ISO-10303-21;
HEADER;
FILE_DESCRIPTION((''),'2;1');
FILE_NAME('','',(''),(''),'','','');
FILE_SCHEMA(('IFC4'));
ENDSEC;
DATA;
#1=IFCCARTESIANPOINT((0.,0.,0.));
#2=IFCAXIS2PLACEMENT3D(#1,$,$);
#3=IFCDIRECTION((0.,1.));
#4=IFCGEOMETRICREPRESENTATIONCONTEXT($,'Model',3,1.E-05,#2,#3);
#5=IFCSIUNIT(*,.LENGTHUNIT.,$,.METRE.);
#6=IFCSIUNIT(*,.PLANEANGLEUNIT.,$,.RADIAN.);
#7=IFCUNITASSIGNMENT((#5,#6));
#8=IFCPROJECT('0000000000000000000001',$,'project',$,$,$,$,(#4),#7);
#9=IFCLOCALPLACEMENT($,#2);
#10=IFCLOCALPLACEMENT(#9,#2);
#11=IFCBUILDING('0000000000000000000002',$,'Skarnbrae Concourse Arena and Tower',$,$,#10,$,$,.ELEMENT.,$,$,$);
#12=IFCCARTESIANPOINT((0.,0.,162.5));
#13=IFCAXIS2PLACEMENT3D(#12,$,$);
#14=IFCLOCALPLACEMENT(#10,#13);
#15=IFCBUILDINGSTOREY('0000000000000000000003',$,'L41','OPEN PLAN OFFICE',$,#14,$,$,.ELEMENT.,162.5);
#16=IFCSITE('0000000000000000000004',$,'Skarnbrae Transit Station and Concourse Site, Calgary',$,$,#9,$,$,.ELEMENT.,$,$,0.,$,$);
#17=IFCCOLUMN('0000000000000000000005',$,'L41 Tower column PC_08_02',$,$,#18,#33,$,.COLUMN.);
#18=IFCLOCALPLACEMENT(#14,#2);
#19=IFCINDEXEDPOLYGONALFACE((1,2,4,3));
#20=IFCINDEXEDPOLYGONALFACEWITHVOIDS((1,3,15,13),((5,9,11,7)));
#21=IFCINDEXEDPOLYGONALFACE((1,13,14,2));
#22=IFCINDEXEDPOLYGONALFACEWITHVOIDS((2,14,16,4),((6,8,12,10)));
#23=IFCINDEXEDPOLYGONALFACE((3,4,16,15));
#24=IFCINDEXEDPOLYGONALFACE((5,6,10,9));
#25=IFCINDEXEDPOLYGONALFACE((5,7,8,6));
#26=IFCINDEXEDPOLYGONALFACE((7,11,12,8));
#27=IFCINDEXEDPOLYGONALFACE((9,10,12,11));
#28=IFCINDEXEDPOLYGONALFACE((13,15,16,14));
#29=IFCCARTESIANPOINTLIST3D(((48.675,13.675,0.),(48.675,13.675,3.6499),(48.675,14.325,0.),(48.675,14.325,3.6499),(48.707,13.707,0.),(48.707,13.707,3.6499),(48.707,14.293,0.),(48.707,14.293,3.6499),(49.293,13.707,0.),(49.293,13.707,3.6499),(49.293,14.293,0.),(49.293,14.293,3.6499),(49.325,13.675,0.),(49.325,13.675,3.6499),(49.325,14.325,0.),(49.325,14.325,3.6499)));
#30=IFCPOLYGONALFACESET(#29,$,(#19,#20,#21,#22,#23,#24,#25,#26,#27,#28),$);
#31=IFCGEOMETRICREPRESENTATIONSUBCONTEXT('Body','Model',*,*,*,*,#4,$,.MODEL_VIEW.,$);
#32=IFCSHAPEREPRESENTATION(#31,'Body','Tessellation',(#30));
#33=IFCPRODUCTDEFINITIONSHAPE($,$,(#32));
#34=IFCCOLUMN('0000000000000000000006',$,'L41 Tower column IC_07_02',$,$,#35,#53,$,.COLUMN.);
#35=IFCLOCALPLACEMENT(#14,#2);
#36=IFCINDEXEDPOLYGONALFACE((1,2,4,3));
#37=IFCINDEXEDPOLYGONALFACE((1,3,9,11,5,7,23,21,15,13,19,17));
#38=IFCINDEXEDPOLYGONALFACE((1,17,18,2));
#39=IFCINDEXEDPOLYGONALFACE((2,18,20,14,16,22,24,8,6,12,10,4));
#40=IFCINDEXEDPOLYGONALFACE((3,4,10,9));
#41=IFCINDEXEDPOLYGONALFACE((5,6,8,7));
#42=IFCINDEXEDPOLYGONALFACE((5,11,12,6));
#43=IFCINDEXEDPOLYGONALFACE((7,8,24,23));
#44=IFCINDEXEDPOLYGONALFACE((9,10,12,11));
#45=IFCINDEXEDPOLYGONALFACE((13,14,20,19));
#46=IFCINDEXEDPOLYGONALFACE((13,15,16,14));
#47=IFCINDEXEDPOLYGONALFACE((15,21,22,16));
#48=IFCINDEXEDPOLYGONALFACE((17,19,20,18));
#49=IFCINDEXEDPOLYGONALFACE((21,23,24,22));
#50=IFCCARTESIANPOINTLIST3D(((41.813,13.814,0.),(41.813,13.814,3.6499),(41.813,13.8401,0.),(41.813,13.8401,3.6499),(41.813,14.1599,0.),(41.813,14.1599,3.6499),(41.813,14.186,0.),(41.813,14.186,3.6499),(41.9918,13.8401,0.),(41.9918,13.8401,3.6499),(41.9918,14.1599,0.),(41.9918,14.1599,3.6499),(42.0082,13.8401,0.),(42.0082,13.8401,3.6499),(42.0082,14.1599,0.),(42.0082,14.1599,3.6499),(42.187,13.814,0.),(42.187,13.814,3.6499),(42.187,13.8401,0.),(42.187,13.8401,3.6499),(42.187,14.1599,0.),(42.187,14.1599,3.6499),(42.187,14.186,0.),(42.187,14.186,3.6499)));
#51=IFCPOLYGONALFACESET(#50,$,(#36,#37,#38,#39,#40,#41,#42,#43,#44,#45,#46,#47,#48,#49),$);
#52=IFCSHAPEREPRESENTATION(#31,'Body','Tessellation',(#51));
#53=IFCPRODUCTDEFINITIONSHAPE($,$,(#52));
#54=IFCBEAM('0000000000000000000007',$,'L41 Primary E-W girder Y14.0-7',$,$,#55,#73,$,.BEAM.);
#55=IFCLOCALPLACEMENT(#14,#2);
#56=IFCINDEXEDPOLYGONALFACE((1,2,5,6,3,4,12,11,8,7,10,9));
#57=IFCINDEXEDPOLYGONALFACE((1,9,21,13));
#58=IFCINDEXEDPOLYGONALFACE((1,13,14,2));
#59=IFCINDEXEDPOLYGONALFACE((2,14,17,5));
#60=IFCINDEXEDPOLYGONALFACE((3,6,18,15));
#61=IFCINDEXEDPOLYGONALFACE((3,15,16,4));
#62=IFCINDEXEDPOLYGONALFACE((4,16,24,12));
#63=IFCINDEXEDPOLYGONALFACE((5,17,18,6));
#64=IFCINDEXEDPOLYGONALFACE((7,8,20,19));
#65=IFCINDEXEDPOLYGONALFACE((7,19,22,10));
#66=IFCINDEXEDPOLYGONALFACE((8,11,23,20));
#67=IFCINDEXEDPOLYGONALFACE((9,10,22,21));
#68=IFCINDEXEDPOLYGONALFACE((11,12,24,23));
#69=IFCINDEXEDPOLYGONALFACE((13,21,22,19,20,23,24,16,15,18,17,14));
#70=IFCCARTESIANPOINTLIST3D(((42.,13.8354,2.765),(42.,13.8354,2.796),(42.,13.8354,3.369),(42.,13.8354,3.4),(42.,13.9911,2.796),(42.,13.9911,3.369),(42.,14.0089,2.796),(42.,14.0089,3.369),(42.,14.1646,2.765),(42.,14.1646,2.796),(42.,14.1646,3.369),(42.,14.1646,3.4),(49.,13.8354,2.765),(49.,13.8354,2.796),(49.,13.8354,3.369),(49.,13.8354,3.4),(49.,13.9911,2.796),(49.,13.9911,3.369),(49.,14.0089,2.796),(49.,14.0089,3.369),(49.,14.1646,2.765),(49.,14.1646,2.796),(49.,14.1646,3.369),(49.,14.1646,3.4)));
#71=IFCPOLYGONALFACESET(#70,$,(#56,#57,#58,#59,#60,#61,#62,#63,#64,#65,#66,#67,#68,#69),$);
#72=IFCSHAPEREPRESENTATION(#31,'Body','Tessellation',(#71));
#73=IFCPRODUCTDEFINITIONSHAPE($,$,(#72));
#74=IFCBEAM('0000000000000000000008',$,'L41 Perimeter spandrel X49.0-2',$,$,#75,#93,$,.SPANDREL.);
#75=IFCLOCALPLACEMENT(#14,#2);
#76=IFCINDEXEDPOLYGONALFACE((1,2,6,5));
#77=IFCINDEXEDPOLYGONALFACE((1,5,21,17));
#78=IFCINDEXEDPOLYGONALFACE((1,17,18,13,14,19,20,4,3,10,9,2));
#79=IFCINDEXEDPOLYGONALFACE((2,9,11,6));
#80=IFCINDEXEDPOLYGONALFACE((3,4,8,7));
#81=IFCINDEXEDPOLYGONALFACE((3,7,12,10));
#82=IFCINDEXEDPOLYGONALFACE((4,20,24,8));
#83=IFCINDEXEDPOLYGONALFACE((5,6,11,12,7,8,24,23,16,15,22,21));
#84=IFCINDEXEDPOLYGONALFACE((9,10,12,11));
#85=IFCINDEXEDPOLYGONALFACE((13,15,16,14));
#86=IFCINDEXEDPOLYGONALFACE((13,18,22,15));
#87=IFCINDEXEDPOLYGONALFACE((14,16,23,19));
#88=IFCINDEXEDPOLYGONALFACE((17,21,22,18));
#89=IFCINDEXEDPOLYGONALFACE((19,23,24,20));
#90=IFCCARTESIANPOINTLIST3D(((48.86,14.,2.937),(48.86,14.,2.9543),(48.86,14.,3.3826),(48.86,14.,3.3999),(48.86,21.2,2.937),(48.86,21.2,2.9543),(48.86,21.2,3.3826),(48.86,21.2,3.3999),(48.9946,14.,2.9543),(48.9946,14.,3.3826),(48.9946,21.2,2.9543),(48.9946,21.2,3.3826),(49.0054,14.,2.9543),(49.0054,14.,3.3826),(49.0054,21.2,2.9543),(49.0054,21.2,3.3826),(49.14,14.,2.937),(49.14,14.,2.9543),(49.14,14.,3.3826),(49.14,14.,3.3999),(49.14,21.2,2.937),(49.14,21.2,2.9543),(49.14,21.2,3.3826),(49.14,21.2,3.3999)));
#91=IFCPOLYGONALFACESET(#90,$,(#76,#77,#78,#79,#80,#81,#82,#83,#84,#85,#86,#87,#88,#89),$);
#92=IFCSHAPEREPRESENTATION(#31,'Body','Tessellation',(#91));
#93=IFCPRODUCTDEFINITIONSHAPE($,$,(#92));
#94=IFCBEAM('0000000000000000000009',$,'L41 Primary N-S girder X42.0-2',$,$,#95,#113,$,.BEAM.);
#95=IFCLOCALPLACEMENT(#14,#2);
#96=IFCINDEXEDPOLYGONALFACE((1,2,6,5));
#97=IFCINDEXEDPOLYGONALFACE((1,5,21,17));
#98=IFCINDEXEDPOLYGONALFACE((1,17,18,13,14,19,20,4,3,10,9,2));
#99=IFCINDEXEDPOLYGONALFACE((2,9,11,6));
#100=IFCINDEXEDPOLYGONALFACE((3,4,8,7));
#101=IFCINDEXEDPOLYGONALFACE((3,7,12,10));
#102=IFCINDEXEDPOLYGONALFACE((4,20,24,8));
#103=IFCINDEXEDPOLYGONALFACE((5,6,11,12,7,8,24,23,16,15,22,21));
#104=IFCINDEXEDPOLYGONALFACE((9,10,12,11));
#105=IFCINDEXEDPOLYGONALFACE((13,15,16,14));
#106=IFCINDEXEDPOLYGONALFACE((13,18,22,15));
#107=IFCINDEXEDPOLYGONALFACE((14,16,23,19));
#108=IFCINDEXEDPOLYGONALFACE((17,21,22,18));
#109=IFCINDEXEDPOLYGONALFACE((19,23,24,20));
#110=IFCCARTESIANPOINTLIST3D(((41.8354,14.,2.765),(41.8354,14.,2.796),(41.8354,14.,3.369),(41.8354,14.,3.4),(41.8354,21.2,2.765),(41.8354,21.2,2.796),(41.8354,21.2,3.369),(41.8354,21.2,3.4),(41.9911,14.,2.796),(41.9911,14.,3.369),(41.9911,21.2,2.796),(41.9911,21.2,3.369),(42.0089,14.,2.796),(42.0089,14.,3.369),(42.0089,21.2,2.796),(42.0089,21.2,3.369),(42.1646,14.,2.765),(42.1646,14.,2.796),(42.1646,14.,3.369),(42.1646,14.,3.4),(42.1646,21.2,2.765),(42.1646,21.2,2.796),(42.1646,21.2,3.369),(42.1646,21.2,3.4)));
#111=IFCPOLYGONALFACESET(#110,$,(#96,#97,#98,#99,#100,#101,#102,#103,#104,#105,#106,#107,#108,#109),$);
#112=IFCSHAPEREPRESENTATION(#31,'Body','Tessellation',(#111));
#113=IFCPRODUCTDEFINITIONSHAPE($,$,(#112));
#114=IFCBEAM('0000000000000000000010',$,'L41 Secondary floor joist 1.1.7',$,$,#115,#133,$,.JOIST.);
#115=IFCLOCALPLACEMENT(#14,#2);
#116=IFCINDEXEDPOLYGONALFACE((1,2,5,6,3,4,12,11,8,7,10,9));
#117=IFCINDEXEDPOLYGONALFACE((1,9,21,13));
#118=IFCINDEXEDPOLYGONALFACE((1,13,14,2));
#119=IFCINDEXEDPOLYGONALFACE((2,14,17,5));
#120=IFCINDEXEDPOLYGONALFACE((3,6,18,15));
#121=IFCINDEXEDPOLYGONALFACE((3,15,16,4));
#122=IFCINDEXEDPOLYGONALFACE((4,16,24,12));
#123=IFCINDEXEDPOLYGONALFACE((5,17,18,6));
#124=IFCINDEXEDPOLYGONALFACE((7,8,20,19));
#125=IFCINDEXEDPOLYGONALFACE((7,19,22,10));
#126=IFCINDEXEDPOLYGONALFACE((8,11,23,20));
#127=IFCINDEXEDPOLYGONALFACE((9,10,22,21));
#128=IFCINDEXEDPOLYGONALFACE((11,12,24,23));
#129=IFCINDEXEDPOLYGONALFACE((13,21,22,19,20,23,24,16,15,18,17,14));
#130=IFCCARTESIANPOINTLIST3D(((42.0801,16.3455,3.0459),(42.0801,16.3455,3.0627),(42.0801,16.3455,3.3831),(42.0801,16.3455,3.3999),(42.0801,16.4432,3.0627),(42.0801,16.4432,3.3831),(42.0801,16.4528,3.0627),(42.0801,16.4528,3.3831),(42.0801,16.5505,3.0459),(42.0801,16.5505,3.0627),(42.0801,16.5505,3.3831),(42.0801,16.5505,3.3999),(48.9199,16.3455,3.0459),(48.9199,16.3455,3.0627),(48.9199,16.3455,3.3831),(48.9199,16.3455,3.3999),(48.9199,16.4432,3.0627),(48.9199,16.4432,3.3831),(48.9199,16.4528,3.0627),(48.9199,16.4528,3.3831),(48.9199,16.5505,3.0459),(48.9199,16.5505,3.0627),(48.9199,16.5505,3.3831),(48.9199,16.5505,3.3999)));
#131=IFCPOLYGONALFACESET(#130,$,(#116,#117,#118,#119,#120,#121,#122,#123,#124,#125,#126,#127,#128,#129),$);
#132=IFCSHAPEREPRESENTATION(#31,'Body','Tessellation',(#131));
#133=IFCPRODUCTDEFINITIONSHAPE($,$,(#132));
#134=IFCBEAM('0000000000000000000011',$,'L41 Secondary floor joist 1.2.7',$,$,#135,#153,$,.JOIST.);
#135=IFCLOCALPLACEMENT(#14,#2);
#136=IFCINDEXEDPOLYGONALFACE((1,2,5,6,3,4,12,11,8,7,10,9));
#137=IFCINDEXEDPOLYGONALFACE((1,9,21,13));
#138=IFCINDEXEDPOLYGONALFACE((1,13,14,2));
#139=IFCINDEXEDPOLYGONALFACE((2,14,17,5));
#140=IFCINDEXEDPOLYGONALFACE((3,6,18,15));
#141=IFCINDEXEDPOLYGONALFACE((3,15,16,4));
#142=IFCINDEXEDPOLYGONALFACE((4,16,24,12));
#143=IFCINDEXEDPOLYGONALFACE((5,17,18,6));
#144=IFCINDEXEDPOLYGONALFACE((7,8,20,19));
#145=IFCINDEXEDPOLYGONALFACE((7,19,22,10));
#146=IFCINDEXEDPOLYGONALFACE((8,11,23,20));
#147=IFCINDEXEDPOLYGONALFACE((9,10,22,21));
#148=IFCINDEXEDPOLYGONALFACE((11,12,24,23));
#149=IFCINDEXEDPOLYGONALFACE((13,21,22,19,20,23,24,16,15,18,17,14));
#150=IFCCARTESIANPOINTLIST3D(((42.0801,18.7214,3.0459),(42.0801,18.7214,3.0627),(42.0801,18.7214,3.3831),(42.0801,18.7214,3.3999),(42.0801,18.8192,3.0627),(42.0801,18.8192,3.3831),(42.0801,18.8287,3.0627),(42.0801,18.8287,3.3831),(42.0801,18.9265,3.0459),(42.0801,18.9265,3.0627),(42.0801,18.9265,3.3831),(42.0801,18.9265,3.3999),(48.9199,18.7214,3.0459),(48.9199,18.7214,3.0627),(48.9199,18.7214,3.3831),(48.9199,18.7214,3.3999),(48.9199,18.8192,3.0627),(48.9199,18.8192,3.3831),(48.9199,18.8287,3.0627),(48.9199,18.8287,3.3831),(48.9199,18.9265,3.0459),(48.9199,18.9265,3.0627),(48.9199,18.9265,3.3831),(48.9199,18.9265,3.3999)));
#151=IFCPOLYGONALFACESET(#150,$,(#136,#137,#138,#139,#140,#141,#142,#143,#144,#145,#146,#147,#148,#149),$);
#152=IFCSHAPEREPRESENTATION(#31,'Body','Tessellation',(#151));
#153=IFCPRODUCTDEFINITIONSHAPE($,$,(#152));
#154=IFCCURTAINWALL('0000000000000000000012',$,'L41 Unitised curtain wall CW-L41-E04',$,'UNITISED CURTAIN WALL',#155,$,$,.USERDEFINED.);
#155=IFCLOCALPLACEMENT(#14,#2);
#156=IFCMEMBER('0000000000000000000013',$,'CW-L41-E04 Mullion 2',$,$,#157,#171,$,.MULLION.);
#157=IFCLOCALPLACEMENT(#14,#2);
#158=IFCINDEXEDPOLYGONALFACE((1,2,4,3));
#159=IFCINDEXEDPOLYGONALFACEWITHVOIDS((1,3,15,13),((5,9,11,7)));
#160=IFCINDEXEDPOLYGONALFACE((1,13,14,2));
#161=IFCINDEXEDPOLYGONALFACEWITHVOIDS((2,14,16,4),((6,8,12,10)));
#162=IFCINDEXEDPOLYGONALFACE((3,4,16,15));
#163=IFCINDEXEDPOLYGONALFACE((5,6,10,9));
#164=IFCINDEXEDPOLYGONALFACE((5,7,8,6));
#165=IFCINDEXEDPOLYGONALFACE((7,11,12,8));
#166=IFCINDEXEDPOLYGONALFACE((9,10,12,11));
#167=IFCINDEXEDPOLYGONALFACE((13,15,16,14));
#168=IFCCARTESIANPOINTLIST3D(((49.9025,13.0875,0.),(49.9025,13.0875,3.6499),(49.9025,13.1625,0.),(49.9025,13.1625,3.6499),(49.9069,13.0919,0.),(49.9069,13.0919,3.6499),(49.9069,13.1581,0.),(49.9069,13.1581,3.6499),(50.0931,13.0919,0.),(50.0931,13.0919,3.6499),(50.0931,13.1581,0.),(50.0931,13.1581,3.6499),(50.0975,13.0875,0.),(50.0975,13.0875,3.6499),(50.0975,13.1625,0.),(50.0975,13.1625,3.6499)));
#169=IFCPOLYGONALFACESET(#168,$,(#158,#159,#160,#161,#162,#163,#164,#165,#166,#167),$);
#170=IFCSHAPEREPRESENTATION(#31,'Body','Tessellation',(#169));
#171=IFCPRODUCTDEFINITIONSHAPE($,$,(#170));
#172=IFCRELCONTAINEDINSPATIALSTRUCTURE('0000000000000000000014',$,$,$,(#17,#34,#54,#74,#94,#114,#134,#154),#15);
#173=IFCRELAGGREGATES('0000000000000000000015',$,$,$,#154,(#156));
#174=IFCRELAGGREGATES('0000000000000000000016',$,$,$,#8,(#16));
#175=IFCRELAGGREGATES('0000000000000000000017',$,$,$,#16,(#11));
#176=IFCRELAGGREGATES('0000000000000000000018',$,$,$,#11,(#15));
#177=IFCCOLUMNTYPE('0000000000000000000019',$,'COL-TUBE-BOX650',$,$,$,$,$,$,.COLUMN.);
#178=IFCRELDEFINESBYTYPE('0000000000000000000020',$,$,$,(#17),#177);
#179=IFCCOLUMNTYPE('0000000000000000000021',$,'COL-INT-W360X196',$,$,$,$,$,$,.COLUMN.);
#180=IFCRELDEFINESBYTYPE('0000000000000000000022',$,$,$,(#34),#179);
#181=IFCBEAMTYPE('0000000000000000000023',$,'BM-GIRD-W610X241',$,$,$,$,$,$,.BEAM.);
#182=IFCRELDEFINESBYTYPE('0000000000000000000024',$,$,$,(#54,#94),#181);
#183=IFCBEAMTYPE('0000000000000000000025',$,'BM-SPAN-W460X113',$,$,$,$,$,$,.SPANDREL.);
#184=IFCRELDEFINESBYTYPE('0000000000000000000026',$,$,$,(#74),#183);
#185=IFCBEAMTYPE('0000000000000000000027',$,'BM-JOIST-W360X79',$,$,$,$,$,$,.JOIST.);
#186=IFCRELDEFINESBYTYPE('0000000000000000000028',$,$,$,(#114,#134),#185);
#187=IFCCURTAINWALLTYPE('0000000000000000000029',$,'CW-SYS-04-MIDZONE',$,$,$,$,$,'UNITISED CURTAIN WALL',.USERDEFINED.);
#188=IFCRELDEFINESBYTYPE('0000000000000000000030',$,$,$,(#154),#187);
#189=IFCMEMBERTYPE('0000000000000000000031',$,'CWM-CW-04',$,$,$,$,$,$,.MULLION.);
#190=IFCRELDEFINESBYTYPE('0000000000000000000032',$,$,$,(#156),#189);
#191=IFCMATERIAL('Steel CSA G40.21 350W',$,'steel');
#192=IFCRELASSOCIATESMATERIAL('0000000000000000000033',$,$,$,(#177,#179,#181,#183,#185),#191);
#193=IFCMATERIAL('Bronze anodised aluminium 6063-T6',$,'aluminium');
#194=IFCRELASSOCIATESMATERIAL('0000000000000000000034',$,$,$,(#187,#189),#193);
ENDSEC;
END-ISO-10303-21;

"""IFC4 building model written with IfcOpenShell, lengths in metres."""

from ifc_helpers import new_model, si_unit, direction, frame, origin, origin_2d, place, context, subcontext, project, spatial, hollow_rectangle, i_section, extrude, source, transform, mapped, material, material_profile, profile_set, type_object, element, aggregate, save


model = new_model("IFC4")

# Units and contexts
model_context = context("Model", 3, precision=1e-05, world=origin(), true_north=direction((0.0, 1.0)))
body_context = subcontext(model_context, "Body", "Model", "MODEL_VIEW")
ifc_project = project(units=[si_unit("LENGTHUNIT", "METRE"), si_unit("PLANEANGLEUNIT", "RADIAN")], contexts=[model_context])

# Site, building, storey
site_placement = place(None, origin())
site = spatial("IfcSite", under=ifc_project, at=site_placement, Name="Skarnbrae Transit Station and Concourse Site, Calgary", CompositionType="ELEMENT", RefElevation=0.0)
building_placement = place(site_placement, origin())
building = spatial("IfcBuilding", under=site, at=building_placement, Name="Skarnbrae Concourse Arena and Tower", CompositionType="ELEMENT")
storey_placement = place(building_placement, frame((0.0, 0.0, 162.5)))
storey = spatial("IfcBuildingStorey", under=building, at=storey_placement, Name="L41", Description="OPEN PLAN OFFICE", CompositionType="ELEMENT", Elevation=162.5)

# Columns
ifc_material_1 = material(Name="Steel CSA G40.21 350W", Category="steel")
ifc_material_profile_1 = material_profile(ifc_material_1, hollow_rectangle(XDim=0.6499, YDim=0.6499, WallThickness=0.032, at=origin_2d()), Name="BOX650X650X32")
ifc_profile_set_1 = profile_set([ifc_material_profile_1], Name="Steel CSA G40.21 350W")
column_type_1 = type_object("IfcColumnType", Name="COL-TUBE-BOX650", PredefinedType="COLUMN", material=ifc_profile_set_1)
shared_shape_1 = source(origin(), body_context, "Body", "SweptSolid", [
    extrude(hollow_rectangle(XDim=0.6499, YDim=0.6499, WallThickness=0.032, at=origin_2d()), origin(), (0.0, 0.0, 1.0), 3.6499),
])
column_1_placement = place(storey_placement, frame((49.0, 14.0, 0.0), z_axis=(0.0, 0.0, 1.0), x_axis=(1.0, 0.0, 0.0)))
element("IfcColumn", 1, at=column_1_placement, inside=storey, type_object=column_type_1, Name="L41 Tower column PC_08_02", PredefinedType="COLUMN", context=body_context, shape_type="MappedRepresentation", body=[
    mapped(shared_shape_1, transform((0.0, 0.0, 0.0))),
])
ifc_material_profile_2 = material_profile(ifc_material_1, i_section(OverallWidth=0.374, OverallDepth=0.3721, WebThickness=0.0164, FlangeThickness=0.0261, at=origin_2d()), Name="W360X196")
ifc_profile_set_2 = profile_set([ifc_material_profile_2], Name="Steel CSA G40.21 350W")
column_type_2 = type_object("IfcColumnType", Name="COL-INT-W360X196", PredefinedType="COLUMN", material=ifc_profile_set_2)
shared_shape_2 = source(origin(), body_context, "Body", "SweptSolid", [
    extrude(i_section(OverallWidth=0.374, OverallDepth=0.3721, WebThickness=0.0164, FlangeThickness=0.0261, at=origin_2d()), origin(), (0.0, 0.0, 1.0), 3.6499),
])
column_2_placement = place(storey_placement, frame((42.0, 14.0, 0.0), z_axis=(0.0, 0.0, 1.0), x_axis=(1.0, 0.0, 0.0)))
element("IfcColumn", 2, at=column_2_placement, inside=storey, type_object=column_type_2, Name="L41 Tower column IC_07_02", PredefinedType="COLUMN", context=body_context, shape_type="MappedRepresentation", body=[
    mapped(shared_shape_2, transform((0.0, 0.0, 0.0))),
])

# Beams
ifc_material_profile_3 = material_profile(ifc_material_1, i_section(OverallWidth=0.3291, OverallDepth=0.635, WebThickness=0.0178, FlangeThickness=0.031, at=origin_2d()), Name="W610X241")
ifc_profile_set_3 = profile_set([ifc_material_profile_3], Name="Steel CSA G40.21 350W")
beam_type_1 = type_object("IfcBeamType", Name="BM-GIRD-W610X241", PredefinedType="BEAM", material=ifc_profile_set_3)
shared_shape_3 = source(origin(), body_context, "Body", "SweptSolid", [
    extrude(i_section(OverallWidth=0.3291, OverallDepth=0.635, WebThickness=0.0178, FlangeThickness=0.031, at=origin_2d()), origin(), (0.0, 0.0, 1.0), 7.0),
])
beam_1_placement = place(storey_placement, frame((42.0, 14.0, 3.0825), z_axis=(1.0, 0.0, 0.0), x_axis=(0.0, 1.0, 0.0)))
element("IfcBeam", 3, at=beam_1_placement, inside=storey, type_object=beam_type_1, Name="L41 Primary E-W girder Y14.0-7", PredefinedType="BEAM", context=body_context, shape_type="MappedRepresentation", body=[
    mapped(shared_shape_3, transform((0.0, 0.0, 0.0))),
])
ifc_material_profile_4 = material_profile(ifc_material_1, i_section(OverallWidth=0.28, OverallDepth=0.4629, WebThickness=0.0107, FlangeThickness=0.0173, at=origin_2d()), Name="W460X113")
ifc_profile_set_4 = profile_set([ifc_material_profile_4], Name="Steel CSA G40.21 350W")
beam_type_2 = type_object("IfcBeamType", Name="BM-SPAN-W460X113", PredefinedType="SPANDREL", material=ifc_profile_set_4)
shared_shape_4 = source(origin(), body_context, "Body", "SweptSolid", [
    extrude(i_section(OverallWidth=0.28, OverallDepth=0.4629, WebThickness=0.0107, FlangeThickness=0.0173, at=origin_2d()), origin(), (0.0, 0.0, 1.0), 7.2),
])
beam_2_placement = place(storey_placement, frame((49.0, 14.0, 3.1685), z_axis=(0.0, 1.0, 0.0), x_axis=(-1.0, 0.0, 0.0)))
element("IfcBeam", 4, at=beam_2_placement, inside=storey, type_object=beam_type_2, Name="L41 Perimeter spandrel X49.0-2", PredefinedType="SPANDREL", context=body_context, shape_type="MappedRepresentation", body=[
    mapped(shared_shape_4, transform((0.0, 0.0, 0.0))),
])
shared_shape_5 = source(origin(), body_context, "Body", "SweptSolid", [
    extrude(i_section(OverallWidth=0.3291, OverallDepth=0.635, WebThickness=0.0178, FlangeThickness=0.031, at=origin_2d()), origin(), (0.0, 0.0, 1.0), 7.2),
])
beam_3_placement = place(storey_placement, frame((42.0, 14.0, 3.0825), z_axis=(0.0, 1.0, 0.0), x_axis=(-1.0, 0.0, 0.0)))
element("IfcBeam", 5, at=beam_3_placement, inside=storey, type_object=beam_type_1, Name="L41 Primary N-S girder X42.0-2", PredefinedType="BEAM", context=body_context, shape_type="MappedRepresentation", body=[
    mapped(shared_shape_5, transform((0.0, 0.0, 0.0))),
])
ifc_material_profile_5 = material_profile(ifc_material_1, i_section(OverallWidth=0.2051, OverallDepth=0.354, WebThickness=0.0095, FlangeThickness=0.0168, at=origin_2d()), Name="W360X79")
ifc_profile_set_5 = profile_set([ifc_material_profile_5], Name="Steel CSA G40.21 350W")
beam_type_3 = type_object("IfcBeamType", Name="BM-JOIST-W360X79", PredefinedType="JOIST", material=ifc_profile_set_5)
shared_shape_6 = source(origin(), body_context, "Body", "SweptSolid", [
    extrude(i_section(OverallWidth=0.2051, OverallDepth=0.354, WebThickness=0.0095, FlangeThickness=0.0168, at=origin_2d()), origin(), (0.0, 0.0, 1.0), 6.8398),
])
for number, where, z_axis, x_axis, name in (
    (6, (42.0801, 16.448, 3.2229), (1.0, 0.0, 0.0), (0.0, 1.0, 0.0), "L41 Secondary floor joist 1.1.7"),
    (7, (42.0801, 18.824, 3.2229), (1.0, 0.0, 0.0), (0.0, 1.0, 0.0), "L41 Secondary floor joist 1.2.7"),
):
    element("IfcBeam", number, at=place(storey_placement, frame(where, z_axis=z_axis, x_axis=x_axis)), inside=storey, type_object=beam_type_3, Name=name, PredefinedType="JOIST", context=body_context, shape_type="MappedRepresentation", body=[
        mapped(shared_shape_6, transform((0.0, 0.0, 0.0))),
    ])

# Curtain wall, member
ifc_material_2 = material(Name="Bronze anodised aluminium 6063-T6", Category="aluminium")
curtain_wall_type = type_object("IfcCurtainWallType", Name="CW-SYS-04-MIDZONE", ElementType="UNITISED CURTAIN WALL", PredefinedType="USERDEFINED", material=ifc_material_2)
curtain_wall_placement = place(storey_placement, origin())
curtain_wall = element("IfcCurtainWall", 8, at=curtain_wall_placement, inside=storey, type_object=curtain_wall_type, Name="L41 Unitised curtain wall CW-L41-E04", ObjectType="UNITISED CURTAIN WALL", PredefinedType="USERDEFINED")
ifc_material_profile_6 = material_profile(ifc_material_2, hollow_rectangle(XDim=0.075, YDim=0.1951, WallThickness=0.0044, at=origin_2d()), Name="ALU-MULL-75X195")
ifc_profile_set_6 = profile_set([ifc_material_profile_6], Name="Bronze anodised aluminium 6063-T6")
member_type_1 = type_object("IfcMemberType", Name="CWM-CW-04", PredefinedType="MULLION", material=ifc_profile_set_6)
shared_shape_7 = source(origin(), body_context, "Body", "SweptSolid", [
    extrude(hollow_rectangle(XDim=0.075, YDim=0.1951, WallThickness=0.0044, at=origin_2d()), origin(), (0.0, 0.0, 1.0), 3.6499),
])
member_1_placement = place(storey_placement, frame((50.0, 13.125, 0.0), z_axis=(0.0, 0.0, 1.0), x_axis=(0.0, 1.0, 0.0)))
member_1 = element("IfcMember", 9, at=member_1_placement, type_object=member_type_1, Name="CW-L41-E04 Mullion 2", PredefinedType="MULLION", context=body_context, shape_type="MappedRepresentation", body=[
    mapped(shared_shape_7, transform((0.0, 0.0, 0.0))),
])
aggregate(curtain_wall, [member_1])

save(model, "model.ifc")
